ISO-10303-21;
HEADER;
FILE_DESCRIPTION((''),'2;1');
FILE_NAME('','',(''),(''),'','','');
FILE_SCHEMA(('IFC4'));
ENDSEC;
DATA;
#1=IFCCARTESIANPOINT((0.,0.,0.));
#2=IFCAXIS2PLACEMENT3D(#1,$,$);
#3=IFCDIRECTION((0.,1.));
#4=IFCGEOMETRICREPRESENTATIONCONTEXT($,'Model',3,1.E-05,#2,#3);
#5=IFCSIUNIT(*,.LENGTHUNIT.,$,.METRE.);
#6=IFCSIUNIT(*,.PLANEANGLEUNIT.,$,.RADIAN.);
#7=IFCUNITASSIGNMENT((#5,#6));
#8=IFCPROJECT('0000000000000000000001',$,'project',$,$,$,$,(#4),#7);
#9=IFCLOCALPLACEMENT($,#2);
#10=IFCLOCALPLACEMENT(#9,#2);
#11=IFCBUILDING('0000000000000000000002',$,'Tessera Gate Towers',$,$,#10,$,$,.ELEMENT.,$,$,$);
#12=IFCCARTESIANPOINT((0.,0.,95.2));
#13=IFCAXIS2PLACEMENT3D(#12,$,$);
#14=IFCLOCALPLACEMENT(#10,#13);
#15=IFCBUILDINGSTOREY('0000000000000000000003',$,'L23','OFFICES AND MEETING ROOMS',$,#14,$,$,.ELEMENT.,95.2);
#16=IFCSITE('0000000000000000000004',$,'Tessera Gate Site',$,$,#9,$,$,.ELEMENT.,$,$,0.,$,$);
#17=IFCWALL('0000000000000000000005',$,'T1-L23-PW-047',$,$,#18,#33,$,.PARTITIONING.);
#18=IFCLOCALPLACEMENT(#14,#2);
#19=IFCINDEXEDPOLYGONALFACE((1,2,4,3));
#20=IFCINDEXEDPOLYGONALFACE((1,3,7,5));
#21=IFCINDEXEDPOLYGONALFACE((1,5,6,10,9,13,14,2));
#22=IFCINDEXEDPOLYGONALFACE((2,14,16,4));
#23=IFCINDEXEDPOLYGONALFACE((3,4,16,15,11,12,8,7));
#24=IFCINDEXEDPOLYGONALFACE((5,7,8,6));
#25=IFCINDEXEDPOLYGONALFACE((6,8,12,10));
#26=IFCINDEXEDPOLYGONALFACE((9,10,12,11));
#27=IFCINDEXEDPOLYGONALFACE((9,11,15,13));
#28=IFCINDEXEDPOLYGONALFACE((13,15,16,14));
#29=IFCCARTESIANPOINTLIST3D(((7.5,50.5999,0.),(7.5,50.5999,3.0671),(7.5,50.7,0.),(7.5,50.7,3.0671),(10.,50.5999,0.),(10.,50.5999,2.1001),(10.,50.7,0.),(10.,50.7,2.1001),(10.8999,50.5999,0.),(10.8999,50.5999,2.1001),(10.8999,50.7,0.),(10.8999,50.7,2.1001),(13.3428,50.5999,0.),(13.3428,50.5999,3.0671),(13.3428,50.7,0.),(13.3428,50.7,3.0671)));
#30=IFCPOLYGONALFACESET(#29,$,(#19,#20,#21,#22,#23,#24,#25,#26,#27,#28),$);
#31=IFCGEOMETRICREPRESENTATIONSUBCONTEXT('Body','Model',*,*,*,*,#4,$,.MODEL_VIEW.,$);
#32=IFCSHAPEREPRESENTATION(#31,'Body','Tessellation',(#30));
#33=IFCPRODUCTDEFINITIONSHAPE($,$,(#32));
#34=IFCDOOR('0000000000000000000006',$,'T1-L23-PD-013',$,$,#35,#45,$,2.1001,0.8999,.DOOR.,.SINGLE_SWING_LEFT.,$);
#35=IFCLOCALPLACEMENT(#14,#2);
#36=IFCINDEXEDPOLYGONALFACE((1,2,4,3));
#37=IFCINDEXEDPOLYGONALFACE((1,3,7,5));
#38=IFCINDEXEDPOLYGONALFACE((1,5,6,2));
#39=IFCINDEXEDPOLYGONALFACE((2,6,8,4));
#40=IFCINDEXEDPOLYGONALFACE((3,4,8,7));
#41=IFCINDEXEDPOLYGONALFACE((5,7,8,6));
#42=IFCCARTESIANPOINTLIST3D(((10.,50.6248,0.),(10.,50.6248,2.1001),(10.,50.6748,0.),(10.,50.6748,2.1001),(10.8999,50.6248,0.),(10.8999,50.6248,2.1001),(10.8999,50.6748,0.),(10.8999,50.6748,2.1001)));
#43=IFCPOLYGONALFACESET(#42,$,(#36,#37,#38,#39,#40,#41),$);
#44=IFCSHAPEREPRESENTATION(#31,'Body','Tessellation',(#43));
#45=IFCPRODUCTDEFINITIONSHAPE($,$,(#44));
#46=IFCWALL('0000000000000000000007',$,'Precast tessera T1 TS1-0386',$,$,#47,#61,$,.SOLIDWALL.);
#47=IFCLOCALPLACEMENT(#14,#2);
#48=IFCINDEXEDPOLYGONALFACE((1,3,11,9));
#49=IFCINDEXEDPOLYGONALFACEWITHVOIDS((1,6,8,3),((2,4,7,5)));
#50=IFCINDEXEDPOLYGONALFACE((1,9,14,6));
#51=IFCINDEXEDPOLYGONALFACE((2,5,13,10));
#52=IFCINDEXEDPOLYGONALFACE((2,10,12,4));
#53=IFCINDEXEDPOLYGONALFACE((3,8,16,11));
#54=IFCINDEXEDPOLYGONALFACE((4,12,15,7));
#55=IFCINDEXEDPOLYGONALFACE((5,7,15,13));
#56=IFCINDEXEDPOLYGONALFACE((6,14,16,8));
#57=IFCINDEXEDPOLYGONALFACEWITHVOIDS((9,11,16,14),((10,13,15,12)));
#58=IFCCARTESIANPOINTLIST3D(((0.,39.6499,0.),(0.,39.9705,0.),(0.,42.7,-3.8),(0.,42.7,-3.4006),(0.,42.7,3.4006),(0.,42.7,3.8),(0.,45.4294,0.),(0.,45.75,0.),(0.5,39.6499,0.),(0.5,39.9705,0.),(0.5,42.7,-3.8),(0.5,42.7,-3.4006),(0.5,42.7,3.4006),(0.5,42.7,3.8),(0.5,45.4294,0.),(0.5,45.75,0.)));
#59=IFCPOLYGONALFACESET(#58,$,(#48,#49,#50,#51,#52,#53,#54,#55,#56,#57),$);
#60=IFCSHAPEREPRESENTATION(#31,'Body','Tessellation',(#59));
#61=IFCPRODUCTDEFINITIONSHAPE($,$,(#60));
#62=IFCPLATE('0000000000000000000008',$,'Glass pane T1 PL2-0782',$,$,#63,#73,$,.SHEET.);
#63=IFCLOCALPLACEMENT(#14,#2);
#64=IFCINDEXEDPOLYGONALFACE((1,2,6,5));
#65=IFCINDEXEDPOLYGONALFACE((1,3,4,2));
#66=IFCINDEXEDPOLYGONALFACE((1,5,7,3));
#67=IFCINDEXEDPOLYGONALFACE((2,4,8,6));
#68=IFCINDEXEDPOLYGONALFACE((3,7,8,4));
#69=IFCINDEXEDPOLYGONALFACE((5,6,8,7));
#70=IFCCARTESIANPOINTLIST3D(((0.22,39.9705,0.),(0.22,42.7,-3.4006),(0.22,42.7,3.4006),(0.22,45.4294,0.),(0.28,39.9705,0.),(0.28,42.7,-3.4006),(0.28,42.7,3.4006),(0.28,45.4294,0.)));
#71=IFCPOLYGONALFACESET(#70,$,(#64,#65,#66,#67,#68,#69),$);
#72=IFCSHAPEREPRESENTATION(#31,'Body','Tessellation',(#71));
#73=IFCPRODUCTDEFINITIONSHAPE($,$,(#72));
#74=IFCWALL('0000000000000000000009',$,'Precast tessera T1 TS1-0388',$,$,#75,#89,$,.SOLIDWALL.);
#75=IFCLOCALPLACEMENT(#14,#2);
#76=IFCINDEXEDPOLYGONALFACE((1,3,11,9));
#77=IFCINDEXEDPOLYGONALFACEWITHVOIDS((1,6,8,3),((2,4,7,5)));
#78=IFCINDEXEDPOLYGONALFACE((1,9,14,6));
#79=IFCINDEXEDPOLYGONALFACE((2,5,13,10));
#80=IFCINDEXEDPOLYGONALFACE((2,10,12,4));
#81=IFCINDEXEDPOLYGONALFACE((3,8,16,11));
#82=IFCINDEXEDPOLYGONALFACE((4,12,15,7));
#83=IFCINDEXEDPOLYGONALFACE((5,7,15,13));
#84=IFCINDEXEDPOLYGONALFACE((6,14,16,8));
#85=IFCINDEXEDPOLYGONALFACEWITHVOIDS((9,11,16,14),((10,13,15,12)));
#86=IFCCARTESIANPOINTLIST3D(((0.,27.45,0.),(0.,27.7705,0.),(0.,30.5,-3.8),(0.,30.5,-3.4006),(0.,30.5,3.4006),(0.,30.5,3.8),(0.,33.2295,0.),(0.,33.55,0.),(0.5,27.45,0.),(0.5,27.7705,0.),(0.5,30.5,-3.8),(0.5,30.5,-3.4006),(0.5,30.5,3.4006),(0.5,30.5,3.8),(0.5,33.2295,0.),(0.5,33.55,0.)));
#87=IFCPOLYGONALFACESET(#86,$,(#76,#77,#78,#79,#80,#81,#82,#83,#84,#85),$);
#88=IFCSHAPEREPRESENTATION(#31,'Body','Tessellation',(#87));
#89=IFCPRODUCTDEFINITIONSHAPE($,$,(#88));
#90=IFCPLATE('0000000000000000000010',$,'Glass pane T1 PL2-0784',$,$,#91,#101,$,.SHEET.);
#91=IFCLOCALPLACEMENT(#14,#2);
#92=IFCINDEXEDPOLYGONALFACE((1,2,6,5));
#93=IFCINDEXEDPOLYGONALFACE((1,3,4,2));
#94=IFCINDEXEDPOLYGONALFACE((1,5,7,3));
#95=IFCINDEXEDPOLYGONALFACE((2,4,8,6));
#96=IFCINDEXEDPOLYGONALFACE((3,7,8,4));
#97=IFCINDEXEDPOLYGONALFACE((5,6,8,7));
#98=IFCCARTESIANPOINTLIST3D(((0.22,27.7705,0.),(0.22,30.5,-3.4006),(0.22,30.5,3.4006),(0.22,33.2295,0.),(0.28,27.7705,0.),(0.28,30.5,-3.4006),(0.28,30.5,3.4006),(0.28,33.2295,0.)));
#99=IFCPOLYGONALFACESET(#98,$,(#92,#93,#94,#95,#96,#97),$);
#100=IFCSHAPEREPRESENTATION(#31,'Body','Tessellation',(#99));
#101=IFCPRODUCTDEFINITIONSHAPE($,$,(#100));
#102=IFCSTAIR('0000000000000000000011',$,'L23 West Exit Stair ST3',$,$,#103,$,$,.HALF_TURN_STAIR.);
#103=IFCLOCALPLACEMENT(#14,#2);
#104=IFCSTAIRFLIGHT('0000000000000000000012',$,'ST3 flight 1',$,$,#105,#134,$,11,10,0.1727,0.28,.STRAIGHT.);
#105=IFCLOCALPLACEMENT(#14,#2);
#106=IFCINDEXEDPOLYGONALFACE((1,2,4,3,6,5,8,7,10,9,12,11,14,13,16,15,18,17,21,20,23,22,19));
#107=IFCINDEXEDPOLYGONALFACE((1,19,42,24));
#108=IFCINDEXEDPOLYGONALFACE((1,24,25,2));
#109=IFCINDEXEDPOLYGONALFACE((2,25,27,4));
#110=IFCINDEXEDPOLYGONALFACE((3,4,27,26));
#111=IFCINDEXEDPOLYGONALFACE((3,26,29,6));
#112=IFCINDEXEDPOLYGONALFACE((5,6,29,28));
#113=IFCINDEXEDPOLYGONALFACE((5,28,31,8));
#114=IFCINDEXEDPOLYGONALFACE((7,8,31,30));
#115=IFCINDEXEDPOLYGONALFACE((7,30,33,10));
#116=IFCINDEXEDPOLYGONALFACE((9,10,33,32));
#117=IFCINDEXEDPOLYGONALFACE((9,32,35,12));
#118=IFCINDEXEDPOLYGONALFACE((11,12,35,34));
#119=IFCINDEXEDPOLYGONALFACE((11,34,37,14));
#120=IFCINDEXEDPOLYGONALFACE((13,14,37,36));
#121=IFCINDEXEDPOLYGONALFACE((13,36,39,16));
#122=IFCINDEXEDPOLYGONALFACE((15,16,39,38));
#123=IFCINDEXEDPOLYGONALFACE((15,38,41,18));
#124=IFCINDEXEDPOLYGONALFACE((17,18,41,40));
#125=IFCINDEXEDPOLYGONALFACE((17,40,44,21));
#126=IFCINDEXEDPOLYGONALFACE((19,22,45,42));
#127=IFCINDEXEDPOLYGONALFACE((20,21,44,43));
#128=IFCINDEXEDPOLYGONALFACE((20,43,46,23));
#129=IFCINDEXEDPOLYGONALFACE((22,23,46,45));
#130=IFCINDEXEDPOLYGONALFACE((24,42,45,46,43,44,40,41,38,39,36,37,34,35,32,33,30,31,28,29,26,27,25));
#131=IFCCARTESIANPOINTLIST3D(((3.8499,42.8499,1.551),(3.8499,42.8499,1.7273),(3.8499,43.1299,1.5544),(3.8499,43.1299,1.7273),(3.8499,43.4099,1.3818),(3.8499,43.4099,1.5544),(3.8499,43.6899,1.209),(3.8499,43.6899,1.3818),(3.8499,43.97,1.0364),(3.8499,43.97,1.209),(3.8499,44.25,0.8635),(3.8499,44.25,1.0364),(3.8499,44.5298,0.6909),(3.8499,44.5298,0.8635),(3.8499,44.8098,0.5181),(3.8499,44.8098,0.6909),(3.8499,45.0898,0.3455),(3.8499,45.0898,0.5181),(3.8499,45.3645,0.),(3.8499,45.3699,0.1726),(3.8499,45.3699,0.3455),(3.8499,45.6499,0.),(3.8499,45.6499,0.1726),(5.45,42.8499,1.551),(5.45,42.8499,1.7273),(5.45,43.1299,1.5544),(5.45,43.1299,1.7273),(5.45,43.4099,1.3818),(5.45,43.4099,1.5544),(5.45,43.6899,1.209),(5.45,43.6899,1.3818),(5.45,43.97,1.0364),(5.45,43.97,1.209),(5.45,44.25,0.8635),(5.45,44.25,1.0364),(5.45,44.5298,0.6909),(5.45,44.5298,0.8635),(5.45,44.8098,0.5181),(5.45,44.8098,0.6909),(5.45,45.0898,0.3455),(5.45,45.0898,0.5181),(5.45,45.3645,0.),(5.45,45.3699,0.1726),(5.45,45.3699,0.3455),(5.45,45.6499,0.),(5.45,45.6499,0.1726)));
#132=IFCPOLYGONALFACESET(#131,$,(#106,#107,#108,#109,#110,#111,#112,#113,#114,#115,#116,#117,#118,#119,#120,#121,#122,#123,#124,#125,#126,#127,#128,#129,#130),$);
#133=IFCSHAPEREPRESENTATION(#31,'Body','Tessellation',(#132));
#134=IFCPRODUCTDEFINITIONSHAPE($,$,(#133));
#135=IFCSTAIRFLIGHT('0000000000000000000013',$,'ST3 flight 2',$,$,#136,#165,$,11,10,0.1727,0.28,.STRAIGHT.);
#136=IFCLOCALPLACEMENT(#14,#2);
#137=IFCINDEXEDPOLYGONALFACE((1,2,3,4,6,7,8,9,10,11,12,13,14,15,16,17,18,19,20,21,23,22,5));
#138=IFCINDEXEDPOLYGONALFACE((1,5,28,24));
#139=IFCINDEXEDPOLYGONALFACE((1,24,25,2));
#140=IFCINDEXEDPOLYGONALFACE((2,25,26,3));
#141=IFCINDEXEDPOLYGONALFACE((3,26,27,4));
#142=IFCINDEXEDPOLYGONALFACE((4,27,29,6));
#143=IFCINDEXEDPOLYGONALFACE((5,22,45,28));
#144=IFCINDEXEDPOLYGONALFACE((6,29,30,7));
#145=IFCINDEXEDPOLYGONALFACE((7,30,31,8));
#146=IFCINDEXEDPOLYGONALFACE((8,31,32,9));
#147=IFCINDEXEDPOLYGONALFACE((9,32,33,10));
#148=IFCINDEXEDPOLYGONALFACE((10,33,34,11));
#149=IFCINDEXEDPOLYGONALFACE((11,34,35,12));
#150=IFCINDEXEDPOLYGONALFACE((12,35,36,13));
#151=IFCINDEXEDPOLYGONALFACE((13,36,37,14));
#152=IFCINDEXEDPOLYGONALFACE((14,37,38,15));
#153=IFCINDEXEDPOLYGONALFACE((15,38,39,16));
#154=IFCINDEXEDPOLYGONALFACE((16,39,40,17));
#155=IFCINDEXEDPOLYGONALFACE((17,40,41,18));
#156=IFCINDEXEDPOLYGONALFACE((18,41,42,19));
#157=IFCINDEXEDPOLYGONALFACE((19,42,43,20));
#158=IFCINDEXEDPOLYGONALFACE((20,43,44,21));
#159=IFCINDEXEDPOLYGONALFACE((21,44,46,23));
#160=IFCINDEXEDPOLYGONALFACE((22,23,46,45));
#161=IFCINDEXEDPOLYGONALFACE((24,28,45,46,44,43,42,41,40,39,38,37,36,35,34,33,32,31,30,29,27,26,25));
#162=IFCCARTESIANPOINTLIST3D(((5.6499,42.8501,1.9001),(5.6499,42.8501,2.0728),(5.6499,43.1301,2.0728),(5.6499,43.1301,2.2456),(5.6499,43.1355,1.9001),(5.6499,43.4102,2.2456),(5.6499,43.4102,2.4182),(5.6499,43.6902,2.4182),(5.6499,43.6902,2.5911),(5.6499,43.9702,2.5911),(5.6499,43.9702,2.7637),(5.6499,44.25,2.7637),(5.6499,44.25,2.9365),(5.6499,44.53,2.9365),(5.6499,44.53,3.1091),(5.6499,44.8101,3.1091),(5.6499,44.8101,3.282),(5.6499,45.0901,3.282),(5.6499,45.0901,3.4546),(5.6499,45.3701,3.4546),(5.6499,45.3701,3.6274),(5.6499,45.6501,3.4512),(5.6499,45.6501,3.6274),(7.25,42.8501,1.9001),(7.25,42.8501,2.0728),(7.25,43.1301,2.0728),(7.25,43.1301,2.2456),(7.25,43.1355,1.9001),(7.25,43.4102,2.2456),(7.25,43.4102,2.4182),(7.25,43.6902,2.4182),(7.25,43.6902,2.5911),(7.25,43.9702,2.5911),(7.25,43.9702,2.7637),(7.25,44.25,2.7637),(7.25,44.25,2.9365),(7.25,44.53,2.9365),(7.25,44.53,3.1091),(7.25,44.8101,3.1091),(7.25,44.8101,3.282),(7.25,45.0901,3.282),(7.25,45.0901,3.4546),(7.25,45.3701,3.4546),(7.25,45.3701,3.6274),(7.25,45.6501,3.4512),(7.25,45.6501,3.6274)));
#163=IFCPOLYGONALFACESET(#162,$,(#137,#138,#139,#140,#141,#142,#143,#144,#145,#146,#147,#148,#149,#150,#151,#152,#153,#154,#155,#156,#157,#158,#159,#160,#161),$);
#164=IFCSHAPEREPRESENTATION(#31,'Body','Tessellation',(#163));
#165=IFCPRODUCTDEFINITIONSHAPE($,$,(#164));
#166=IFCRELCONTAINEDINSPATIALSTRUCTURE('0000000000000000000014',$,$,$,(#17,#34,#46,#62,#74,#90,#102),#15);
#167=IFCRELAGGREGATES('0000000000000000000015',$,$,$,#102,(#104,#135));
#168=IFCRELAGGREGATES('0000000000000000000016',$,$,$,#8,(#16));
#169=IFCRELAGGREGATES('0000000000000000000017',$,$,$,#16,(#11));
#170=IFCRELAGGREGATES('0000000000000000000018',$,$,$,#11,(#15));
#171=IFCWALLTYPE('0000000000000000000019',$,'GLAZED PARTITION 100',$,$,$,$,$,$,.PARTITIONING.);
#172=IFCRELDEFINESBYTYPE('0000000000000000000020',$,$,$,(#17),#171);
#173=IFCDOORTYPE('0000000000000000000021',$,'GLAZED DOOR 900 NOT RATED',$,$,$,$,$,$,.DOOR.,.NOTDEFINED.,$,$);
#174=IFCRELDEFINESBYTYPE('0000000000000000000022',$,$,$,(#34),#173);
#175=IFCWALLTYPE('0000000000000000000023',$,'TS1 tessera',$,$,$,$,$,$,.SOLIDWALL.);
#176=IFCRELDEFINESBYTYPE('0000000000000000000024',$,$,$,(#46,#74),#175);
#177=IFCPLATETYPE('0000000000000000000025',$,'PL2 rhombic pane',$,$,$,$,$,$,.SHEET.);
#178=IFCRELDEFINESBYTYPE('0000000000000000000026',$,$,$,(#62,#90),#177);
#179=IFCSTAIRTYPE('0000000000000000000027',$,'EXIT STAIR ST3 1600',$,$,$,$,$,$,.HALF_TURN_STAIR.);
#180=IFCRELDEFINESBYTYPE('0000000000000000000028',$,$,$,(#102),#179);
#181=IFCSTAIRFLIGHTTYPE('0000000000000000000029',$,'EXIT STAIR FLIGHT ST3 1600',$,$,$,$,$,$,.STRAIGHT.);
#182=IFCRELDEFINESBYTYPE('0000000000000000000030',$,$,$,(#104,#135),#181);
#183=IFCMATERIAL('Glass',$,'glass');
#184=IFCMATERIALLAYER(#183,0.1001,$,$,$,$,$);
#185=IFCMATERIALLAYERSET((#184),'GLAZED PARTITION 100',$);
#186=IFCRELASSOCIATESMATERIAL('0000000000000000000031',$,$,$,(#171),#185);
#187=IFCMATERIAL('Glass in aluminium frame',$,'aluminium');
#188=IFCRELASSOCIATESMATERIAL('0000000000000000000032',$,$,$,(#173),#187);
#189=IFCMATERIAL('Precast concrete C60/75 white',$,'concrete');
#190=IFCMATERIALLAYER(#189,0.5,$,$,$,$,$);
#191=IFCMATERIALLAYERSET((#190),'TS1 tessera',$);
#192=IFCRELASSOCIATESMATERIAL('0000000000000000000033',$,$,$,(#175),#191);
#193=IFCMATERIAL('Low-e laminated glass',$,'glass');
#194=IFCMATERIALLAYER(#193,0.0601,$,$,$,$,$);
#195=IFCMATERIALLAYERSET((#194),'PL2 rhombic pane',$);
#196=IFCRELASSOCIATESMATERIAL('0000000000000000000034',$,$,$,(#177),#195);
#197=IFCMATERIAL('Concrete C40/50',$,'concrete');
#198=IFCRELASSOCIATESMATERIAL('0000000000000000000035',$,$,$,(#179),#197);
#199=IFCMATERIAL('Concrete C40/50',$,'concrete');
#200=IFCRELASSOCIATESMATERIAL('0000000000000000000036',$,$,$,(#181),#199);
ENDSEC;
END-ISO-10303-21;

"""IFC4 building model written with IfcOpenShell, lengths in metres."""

from ifc_helpers import new_model, si_unit, direction, frame, frame_2d, origin, place, context, subcontext, project, spatial, polyline, rectangle, outline, extrude, source, transform, mapped, material, layer, layer_set, type_object, element, fill, aggregate, save


model = new_model("IFC4")

# Units and contexts
model_context = context("Model", 3, precision=1e-05, world=origin(), true_north=direction((0.0, 1.0)))
body_context = subcontext(model_context, "Body", "Model", "MODEL_VIEW")
ifc_project = project(units=[si_unit("LENGTHUNIT", "METRE"), si_unit("PLANEANGLEUNIT", "RADIAN")], contexts=[model_context])

# Site, building, storey
site_placement = place(None, origin())
site = spatial("IfcSite", under=ifc_project, at=site_placement, Name="Tessera Gate Site", CompositionType="ELEMENT", RefElevation=0.0)
building_placement = place(site_placement, origin())
building = spatial("IfcBuilding", under=site, at=building_placement, Name="Tessera Gate Towers", CompositionType="ELEMENT")
storey_placement = place(building_placement, frame((0.0, 0.0, 95.2)))
storey = spatial("IfcBuildingStorey", under=building, at=storey_placement, Name="L23", Description="OFFICES AND MEETING ROOMS", CompositionType="ELEMENT", Elevation=95.2)

# Shared definitions
shared_shape_1 = source(origin(), body_context, "Body", "SweptSolid", [
    extrude(rectangle(XDim=0.8999, YDim=2.1001, at=frame_2d((0.45, 1.05))), frame((0.0, 0.0249, 0.0), z_axis=(0.0, -1.0, 0.0), x_axis=(1.0, 0.0, 0.0)), (0.0, 0.0, 1.0), 0.05),
])

# Shared definitions
ifc_material_1 = material(Name="Glass", Category="glass")
ifc_layer_1 = layer(ifc_material_1, 0.1001)
ifc_layer_set_1 = layer_set([ifc_layer_1], Name="GLAZED PARTITION 100")
wall_type_1 = type_object("IfcWallType", Name="GLAZED PARTITION 100", PredefinedType="PARTITIONING", material=ifc_layer_set_1)

# Wall, opening, door
wall_1_placement = place(storey_placement, frame((7.5, 50.6499, 0.0), z_axis=(0.0, 0.0, 1.0), x_axis=(1.0, 0.0, 0.0)))
wall_1 = element("IfcWall", 1, at=wall_1_placement, inside=storey, type_object=wall_type_1, Name="T1-L23-PW-047", PredefinedType="PARTITIONING", context=body_context, shape_type="SweptSolid", body=[
    extrude(rectangle(XDim=5.8428, YDim=0.1001, at=frame_2d((2.9214, 0.0))), origin(), (0.0, 0.0, 1.0), 3.0671),
])
shared_shape_2 = source(origin(), body_context, "Body", "SweptSolid", [
    extrude(rectangle(XDim=0.8999, YDim=2.1001, at=frame_2d((0.45, 1.05))), frame((0.0, 0.0601, 0.0), z_axis=(0.0, -1.0, 0.0), x_axis=(1.0, 0.0, 0.0)), (0.0, 0.0, 1.0), 0.1201),
])
opening_1_placement = place(wall_1_placement, frame((2.5, 0.0, 0.0)))
opening_1 = element("IfcOpeningElement", 2, at=opening_1_placement, cuts=wall_1, PredefinedType="OPENING", context=body_context, shape_type="MappedRepresentation", body=[
    mapped(shared_shape_2, transform((0.0, 0.0, 0.0), scale=1.0)),
])
ifc_material_2 = material(Name="Glass in aluminium frame", Category="aluminium")
door_type_1 = type_object("IfcDoorType", Name="GLAZED DOOR 900 NOT RATED", OperationType="NOTDEFINED", PredefinedType="DOOR", material=ifc_material_2)
door_1_placement = place(opening_1_placement, origin())
door_1 = element("IfcDoor", 3, at=door_1_placement, inside=storey, type_object=door_type_1, Name="T1-L23-PD-013", OperationType="SINGLE_SWING_LEFT", OverallHeight=2.1001, OverallWidth=0.8999, PredefinedType="DOOR", context=body_context, shape_type="MappedRepresentation", body=[
    mapped(shared_shape_1, transform((0.0, 0.0, 0.0), scale=1.0)),
])
fill(opening_1, door_1)

# Walls, openings, plates
ifc_material_3 = material(Name="Precast concrete C60/75 white", Category="concrete")
ifc_layer_2 = layer(ifc_material_3, 0.5)
ifc_layer_set_2 = layer_set([ifc_layer_2], Name="TS1 tessera")
wall_type_2 = type_object("IfcWallType", Name="TS1 tessera", PredefinedType="SOLIDWALL", material=ifc_layer_set_2)
shared_shape_3 = source(origin(), body_context, "Body", "SweptSolid", [
    extrude(outline(polyline([(3.05, 0.0), (6.1001, 3.8), (3.05, 7.6001), (0.0, 3.8), (3.05, 0.0)])), frame((0.0, 0.25, 0.0), z_axis=(0.0, -1.0, 0.0), x_axis=(1.0, 0.0, 0.0)), (0.0, 0.0, 1.0), 0.5),
])
wall_2_placement = place(storey_placement, frame((0.25, 45.75, -3.8), z_axis=(0.0, 0.0, 1.0), x_axis=(0.0, -1.0, 0.0)))
wall_2 = element("IfcWall", 4, at=wall_2_placement, inside=storey, type_object=wall_type_2, Name="Precast tessera T1 TS1-0386", PredefinedType="SOLIDWALL", context=body_context, shape_type="MappedRepresentation", body=[
    mapped(shared_shape_3, transform((0.0, 0.0, 0.0), scale=1.0)),
])
shared_shape_4 = source(origin(), body_context, "Body", "SweptSolid", [
    extrude(outline(polyline([(3.05, 0.3994), (5.7795, 3.8), (3.05, 7.2007), (0.3206, 3.8), (3.05, 0.3994)])), frame((0.0, 0.26, 0.0), z_axis=(0.0, -1.0, 0.0), x_axis=(1.0, 0.0, 0.0)), (0.0, 0.0, 1.0), 0.52),
])
opening_2_placement = place(wall_2_placement, origin())
opening_2 = element("IfcOpeningElement", 5, at=opening_2_placement, cuts=wall_2, PredefinedType="OPENING", context=body_context, shape_type="MappedRepresentation", body=[
    mapped(shared_shape_4, transform((0.0, 0.0, 0.0), scale=1.0)),
])
ifc_material_4 = material(Name="Low-e laminated glass", Category="glass")
ifc_layer_3 = layer(ifc_material_4, 0.0601)
ifc_layer_set_3 = layer_set([ifc_layer_3], Name="PL2 rhombic pane")
plate_type = type_object("IfcPlateType", Name="PL2 rhombic pane", PredefinedType="SHEET", material=ifc_layer_set_3)
shared_shape_5 = source(origin(), body_context, "Body", "SweptSolid", [
    extrude(outline(polyline([(3.05, 0.3994), (5.7795, 3.8), (3.05, 7.2007), (0.3206, 3.8), (3.05, 0.3994)])), frame((0.0, 0.03, 0.0), z_axis=(0.0, -1.0, 0.0), x_axis=(1.0, 0.0, 0.0)), (0.0, 0.0, 1.0), 0.0601),
])
plate_1_placement = place(opening_2_placement, origin())
plate_1 = element("IfcPlate", 6, at=plate_1_placement, inside=storey, type_object=plate_type, Name="Glass pane T1 PL2-0782", PredefinedType="SHEET", context=body_context, shape_type="MappedRepresentation", body=[
    mapped(shared_shape_5, transform((0.0, 0.0, 0.0), scale=1.0)),
])
fill(opening_2, plate_1)
wall_3_placement = place(storey_placement, frame((0.25, 33.55, -3.8), z_axis=(0.0, 0.0, 1.0), x_axis=(0.0, -1.0, 0.0)))
wall_3 = element("IfcWall", 7, at=wall_3_placement, inside=storey, type_object=wall_type_2, Name="Precast tessera T1 TS1-0388", PredefinedType="SOLIDWALL", context=body_context, shape_type="MappedRepresentation", body=[
    mapped(shared_shape_3, transform((0.0, 0.0, 0.0), scale=1.0)),
])
opening_3_placement = place(wall_3_placement, origin())
opening_3 = element("IfcOpeningElement", 8, at=opening_3_placement, cuts=wall_3, PredefinedType="OPENING", context=body_context, shape_type="MappedRepresentation", body=[
    mapped(shared_shape_4, transform((0.0, 0.0, 0.0), scale=1.0)),
])
plate_2_placement = place(opening_3_placement, origin())
plate_2 = element("IfcPlate", 9, at=plate_2_placement, inside=storey, type_object=plate_type, Name="Glass pane T1 PL2-0784", PredefinedType="SHEET", context=body_context, shape_type="MappedRepresentation", body=[
    mapped(shared_shape_5, transform((0.0, 0.0, 0.0), scale=1.0)),
])
fill(opening_3, plate_2)

# Stair, stair flights
ifc_material_5 = material(Name="Concrete C40/50", Category="concrete")
stair_type = type_object("IfcStairType", Name="EXIT STAIR ST3 1600", PredefinedType="HALF_TURN_STAIR", material=ifc_material_5)
stair_placement = place(storey_placement, origin())
stair = element("IfcStair", 10, at=stair_placement, inside=storey, type_object=stair_type, Name="L23 West Exit Stair ST3", PredefinedType="HALF_TURN_STAIR")
ifc_material_6 = material(Name="Concrete C40/50", Category="concrete")
stair_flight_type = type_object("IfcStairFlightType", Name="EXIT STAIR FLIGHT ST3 1600", PredefinedType="STRAIGHT", material=ifc_material_6)
stair_flight_1_placement = place(storey_placement, frame((4.6499, 45.6499, 0.0), z_axis=(0.0, 0.0, 1.0), x_axis=(0.0, -1.0, 0.0)))
stair_flight_1 = element("IfcStairFlight", 11, at=stair_flight_1_placement, type_object=stair_flight_type, Name="ST3 flight 1", NumberOfRisers=11, NumberOfTreads=10, PredefinedType="STRAIGHT", RiserHeight=0.1727, TreadLength=0.28, context=body_context, shape_type="SweptSolid", body=[
    extrude(outline(polyline([(0.0, 0.0), (0.0, 0.1726), (0.28, 0.1726), (0.28, 0.3455), (0.5601, 0.3455), (0.5601, 0.5181), (0.8401, 0.5181), (0.8401, 0.6909), (1.1201, 0.6909), (1.1201, 0.8635), (1.3999, 0.8635), (1.3999, 1.0364), (1.6799, 1.0364), (1.6799, 1.209), (1.96, 1.209), (1.96, 1.3818), (2.24, 1.3818), (2.24, 1.5544), (2.52, 1.5544), (2.52, 1.7273), (2.8, 1.7273), (2.8, 1.8999), (2.8, 1.551), (0.2854, 0.0), (0.0, 0.0)])), frame((0.0, 0.8, 0.0), z_axis=(0.0, -1.0, 0.0), x_axis=(1.0, 0.0, 0.0)), (0.0, 0.0, 1.0), 1.6001),
])
stair_flight_2_placement = place(storey_placement, frame((6.45, 42.8501, 1.9001), z_axis=(0.0, 0.0, 1.0), x_axis=(0.0, 1.0, 0.0)))
stair_flight_2 = element("IfcStairFlight", 12, at=stair_flight_2_placement, type_object=stair_flight_type, Name="ST3 flight 2", NumberOfRisers=11, NumberOfTreads=10, PredefinedType="STRAIGHT", RiserHeight=0.1727, TreadLength=0.28, context=body_context, shape_type="SweptSolid", body=[
    extrude(outline(polyline([(0.0, 0.0), (0.0, 0.1726), (0.28, 0.1726), (0.28, 0.3455), (0.5601, 0.3455), (0.5601, 0.5181), (0.8401, 0.5181), (0.8401, 0.6909), (1.1201, 0.6909), (1.1201, 0.8635), (1.3999, 0.8635), (1.3999, 1.0364), (1.6799, 1.0364), (1.6799, 1.209), (1.96, 1.209), (1.96, 1.3818), (2.24, 1.3818), (2.24, 1.5544), (2.52, 1.5544), (2.52, 1.7273), (2.8, 1.7273), (2.8, 1.8999), (2.8, 1.551), (0.2854, 0.0), (0.0, 0.0)])), frame((0.0, 0.8, 0.0), z_axis=(0.0, -1.0, 0.0), x_axis=(1.0, 0.0, 0.0)), (0.0, 0.0, 1.0), 1.6001),
])
aggregate(stair, [stair_flight_1, stair_flight_2])

save(model, "model.ifc")
